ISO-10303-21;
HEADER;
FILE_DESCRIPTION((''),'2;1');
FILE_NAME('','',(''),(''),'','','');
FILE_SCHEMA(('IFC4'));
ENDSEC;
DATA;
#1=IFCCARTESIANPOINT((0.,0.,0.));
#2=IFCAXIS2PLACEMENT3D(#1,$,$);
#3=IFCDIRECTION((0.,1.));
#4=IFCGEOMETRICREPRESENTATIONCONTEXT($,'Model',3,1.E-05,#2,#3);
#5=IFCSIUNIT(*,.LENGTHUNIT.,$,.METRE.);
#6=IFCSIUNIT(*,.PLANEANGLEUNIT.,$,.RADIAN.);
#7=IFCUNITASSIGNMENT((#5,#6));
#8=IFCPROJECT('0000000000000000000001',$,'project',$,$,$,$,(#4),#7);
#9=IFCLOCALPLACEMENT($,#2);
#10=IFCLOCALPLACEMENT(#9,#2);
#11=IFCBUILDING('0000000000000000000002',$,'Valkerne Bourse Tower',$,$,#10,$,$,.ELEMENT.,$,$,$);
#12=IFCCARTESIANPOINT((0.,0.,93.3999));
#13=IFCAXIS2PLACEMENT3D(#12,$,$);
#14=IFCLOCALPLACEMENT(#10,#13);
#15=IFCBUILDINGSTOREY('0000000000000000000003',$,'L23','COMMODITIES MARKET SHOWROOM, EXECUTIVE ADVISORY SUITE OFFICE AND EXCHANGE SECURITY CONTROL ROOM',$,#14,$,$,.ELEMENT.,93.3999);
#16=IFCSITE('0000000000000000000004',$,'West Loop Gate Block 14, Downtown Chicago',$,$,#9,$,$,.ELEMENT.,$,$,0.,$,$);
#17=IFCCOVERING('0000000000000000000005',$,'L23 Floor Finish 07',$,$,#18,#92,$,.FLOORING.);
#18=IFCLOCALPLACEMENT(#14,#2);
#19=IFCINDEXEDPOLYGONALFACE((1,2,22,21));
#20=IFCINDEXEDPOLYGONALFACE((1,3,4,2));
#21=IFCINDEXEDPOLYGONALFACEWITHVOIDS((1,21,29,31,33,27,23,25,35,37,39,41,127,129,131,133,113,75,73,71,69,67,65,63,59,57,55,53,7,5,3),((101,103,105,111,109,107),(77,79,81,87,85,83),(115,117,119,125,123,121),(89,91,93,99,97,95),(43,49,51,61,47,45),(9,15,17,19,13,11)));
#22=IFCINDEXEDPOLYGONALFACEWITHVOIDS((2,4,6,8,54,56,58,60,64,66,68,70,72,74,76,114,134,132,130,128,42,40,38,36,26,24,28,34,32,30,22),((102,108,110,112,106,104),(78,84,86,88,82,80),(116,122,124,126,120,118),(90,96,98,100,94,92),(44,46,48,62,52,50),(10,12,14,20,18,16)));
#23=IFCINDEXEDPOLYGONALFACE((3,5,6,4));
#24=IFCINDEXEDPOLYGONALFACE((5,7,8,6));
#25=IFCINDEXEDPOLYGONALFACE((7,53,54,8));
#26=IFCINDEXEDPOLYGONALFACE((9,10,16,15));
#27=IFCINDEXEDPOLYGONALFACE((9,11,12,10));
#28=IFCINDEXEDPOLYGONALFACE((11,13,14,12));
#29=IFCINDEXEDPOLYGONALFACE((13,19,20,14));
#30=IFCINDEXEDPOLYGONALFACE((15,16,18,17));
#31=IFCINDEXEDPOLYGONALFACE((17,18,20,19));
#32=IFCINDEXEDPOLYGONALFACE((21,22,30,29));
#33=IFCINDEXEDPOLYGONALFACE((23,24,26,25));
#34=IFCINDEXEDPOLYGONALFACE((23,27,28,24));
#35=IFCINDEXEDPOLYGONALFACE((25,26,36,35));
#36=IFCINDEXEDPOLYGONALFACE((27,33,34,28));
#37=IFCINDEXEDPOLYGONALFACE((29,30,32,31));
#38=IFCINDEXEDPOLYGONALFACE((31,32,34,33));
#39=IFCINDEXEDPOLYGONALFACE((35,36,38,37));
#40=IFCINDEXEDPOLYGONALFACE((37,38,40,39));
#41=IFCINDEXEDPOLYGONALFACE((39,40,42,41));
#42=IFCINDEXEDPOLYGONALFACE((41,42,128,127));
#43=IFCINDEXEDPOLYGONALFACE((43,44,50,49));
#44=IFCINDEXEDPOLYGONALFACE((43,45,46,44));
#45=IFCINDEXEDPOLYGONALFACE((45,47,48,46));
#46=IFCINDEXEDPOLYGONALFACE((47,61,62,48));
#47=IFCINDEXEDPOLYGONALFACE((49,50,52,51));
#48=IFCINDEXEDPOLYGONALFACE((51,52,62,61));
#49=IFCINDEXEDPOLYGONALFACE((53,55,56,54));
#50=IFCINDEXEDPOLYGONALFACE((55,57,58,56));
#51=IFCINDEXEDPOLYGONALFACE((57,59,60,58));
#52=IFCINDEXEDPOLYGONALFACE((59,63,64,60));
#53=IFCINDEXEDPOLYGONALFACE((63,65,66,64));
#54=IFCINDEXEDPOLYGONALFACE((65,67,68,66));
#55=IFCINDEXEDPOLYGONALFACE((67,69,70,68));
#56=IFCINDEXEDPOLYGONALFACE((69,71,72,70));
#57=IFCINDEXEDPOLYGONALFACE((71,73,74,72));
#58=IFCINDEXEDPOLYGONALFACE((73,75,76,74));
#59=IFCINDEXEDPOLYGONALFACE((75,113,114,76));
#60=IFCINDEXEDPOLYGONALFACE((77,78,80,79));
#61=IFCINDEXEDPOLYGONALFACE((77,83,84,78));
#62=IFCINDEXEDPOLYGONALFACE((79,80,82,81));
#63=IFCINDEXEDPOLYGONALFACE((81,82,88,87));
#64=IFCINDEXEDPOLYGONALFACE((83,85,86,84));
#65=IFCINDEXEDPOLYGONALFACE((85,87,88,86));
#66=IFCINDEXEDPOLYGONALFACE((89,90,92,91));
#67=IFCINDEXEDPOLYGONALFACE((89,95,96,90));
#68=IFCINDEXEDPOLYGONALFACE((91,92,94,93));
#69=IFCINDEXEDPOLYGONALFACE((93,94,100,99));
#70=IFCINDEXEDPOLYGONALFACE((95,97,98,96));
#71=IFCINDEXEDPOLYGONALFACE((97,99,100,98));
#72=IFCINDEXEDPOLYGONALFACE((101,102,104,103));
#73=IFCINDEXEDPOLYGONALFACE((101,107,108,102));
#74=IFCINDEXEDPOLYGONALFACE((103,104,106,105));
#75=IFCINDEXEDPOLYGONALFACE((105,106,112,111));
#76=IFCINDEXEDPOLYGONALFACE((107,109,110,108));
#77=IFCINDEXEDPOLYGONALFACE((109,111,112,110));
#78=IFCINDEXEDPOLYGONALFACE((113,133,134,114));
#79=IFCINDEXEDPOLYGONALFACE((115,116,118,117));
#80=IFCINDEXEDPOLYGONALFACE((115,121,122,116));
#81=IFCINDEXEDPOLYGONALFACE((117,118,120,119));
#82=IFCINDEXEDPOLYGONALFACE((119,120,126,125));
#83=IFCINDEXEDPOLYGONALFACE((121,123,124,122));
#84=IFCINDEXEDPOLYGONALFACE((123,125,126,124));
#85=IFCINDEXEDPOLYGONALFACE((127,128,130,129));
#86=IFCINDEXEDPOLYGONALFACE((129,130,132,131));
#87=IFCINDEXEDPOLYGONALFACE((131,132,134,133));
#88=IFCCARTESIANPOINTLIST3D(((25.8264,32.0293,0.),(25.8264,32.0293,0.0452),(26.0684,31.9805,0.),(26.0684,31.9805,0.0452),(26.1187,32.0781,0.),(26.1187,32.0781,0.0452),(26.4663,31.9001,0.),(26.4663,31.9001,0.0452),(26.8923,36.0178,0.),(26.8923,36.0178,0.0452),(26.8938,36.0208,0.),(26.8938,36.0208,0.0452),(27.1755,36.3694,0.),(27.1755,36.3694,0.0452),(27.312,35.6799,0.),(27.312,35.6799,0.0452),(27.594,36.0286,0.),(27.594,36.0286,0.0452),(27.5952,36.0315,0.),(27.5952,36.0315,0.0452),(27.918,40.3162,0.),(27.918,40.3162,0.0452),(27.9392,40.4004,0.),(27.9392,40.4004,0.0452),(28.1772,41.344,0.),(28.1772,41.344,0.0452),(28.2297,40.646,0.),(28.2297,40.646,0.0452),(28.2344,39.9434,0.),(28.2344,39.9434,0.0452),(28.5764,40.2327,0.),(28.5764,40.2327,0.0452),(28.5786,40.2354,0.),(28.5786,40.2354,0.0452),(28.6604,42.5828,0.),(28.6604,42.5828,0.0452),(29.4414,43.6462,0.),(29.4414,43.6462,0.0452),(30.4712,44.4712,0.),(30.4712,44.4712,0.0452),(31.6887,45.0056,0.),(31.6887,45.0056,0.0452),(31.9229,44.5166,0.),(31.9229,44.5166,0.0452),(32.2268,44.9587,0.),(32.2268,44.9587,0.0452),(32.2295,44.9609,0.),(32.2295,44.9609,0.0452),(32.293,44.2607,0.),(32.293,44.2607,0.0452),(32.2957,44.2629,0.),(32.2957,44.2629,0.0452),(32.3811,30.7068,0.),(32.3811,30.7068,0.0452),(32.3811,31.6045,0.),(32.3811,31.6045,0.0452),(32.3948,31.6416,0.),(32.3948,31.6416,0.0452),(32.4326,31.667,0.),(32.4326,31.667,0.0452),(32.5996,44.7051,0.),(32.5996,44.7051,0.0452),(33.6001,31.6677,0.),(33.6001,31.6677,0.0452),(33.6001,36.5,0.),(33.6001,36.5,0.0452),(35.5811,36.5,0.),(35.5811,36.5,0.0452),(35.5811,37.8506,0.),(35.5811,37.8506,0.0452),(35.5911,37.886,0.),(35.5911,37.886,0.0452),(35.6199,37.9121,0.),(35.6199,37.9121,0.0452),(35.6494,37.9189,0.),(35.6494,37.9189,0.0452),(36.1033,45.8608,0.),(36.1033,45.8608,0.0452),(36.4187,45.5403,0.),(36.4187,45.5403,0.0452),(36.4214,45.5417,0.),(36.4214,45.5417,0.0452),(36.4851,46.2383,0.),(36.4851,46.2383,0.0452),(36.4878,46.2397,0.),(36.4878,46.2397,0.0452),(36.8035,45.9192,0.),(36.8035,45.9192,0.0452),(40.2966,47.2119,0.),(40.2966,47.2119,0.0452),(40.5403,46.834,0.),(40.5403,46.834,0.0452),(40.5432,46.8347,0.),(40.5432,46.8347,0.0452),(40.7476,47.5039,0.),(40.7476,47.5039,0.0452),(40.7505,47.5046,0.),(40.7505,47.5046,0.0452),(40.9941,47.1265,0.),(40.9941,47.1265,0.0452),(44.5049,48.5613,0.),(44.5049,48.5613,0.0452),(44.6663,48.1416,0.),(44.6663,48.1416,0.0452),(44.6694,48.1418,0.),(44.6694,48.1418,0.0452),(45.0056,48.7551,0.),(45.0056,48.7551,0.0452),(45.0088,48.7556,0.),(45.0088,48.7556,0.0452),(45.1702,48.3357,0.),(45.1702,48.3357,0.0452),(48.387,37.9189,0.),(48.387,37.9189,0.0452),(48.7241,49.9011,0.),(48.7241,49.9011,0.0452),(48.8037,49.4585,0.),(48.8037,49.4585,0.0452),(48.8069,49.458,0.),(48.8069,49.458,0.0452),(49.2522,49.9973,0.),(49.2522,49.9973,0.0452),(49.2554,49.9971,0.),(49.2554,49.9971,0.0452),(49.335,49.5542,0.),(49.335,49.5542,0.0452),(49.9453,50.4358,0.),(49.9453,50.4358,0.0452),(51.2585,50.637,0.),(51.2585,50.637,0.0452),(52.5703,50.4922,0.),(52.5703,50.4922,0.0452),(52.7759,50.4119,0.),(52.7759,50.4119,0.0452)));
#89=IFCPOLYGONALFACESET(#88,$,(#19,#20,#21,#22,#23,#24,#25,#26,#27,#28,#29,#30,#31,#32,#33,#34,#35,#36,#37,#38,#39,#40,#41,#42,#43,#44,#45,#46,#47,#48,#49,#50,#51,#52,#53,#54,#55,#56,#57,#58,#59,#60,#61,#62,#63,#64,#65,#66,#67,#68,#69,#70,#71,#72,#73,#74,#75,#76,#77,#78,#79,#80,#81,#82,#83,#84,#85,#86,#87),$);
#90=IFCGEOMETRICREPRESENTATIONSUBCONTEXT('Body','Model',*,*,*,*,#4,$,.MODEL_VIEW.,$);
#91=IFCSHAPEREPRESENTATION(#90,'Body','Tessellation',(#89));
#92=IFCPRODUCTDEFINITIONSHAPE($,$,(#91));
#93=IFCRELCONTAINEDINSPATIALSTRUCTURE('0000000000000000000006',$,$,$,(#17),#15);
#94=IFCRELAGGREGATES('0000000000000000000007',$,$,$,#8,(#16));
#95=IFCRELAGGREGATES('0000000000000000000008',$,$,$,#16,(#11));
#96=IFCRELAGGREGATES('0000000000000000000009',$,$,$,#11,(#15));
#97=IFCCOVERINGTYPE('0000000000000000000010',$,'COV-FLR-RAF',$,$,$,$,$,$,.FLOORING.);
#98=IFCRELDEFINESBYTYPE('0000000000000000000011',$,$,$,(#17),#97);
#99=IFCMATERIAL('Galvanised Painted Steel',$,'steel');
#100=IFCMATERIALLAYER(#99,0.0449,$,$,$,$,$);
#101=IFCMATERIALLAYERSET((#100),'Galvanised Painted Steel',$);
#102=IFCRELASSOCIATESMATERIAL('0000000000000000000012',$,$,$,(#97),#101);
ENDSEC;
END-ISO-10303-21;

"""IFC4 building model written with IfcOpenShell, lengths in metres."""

from ifc_helpers import new_model, si_unit, direction, frame, origin, place, context, subcontext, project, spatial, polyline, outline, extrude, material, layer, layer_set, type_object, element, save


model = new_model("IFC4")

# Units and contexts
model_context = context("Model", 3, precision=1e-05, world=origin(), true_north=direction((0.0, 1.0)))
body_context = subcontext(model_context, "Body", "Model", "MODEL_VIEW")
ifc_project = project(units=[si_unit("LENGTHUNIT", "METRE"), si_unit("PLANEANGLEUNIT", "RADIAN")], contexts=[model_context])

# Site, building, storey
site_placement = place(None, origin())
site = spatial("IfcSite", under=ifc_project, at=site_placement, Name="West Loop Gate Block 14, Downtown Chicago", CompositionType="ELEMENT", RefElevation=0.0)
building_placement = place(site_placement, origin())
building = spatial("IfcBuilding", under=site, at=building_placement, Name="Valkerne Bourse Tower", CompositionType="ELEMENT")
storey_placement = place(building_placement, frame((0.0, 0.0, 93.3999)))
storey = spatial("IfcBuildingStorey", under=building, at=storey_placement, Name="L23", Description="COMMODITIES MARKET SHOWROOM, EXECUTIVE ADVISORY SUITE OFFICE AND EXCHANGE SECURITY CONTROL ROOM", CompositionType="ELEMENT", Elevation=93.3999)

# Covering
ifc_material_1 = material(Name="Galvanised Painted Steel", Category="steel")
ifc_layer_1 = layer(ifc_material_1, 0.0449)
ifc_layer_set_1 = layer_set([ifc_layer_1], Name="Galvanised Painted Steel")
covering_type_1 = type_object("IfcCoveringType", Name="COV-FLR-RAF", PredefinedType="FLOORING", material=ifc_layer_set_1)
covering_1_placement = place(storey_placement, origin())
element("IfcCovering", 1, at=covering_1_placement, inside=storey, type_object=covering_type_1, Name="L23 Floor Finish 07", PredefinedType="FLOORING", context=body_context, shape_type="SweptSolid", body=[
    extrude(outline(polyline([(29.4414, 43.6462), (30.4712, 44.4712), (31.6887, 45.0056), (49.9453, 50.4358), (51.2585, 50.637), (52.5703, 50.4922), (52.7759, 50.4119), (48.387, 37.9189), (35.6494, 37.9189), (35.6199, 37.9121), (35.5911, 37.886), (35.5811, 37.8506), (35.5811, 36.5), (33.6001, 36.5), (33.6001, 31.6677), (32.4326, 31.667), (32.3948, 31.6416), (32.3811, 31.6045), (32.3811, 30.7068), (26.4663, 31.9001), (26.1187, 32.0781), (26.0684, 31.9805), (25.8264, 32.0293), (27.918, 40.3162), (28.2344, 39.9434), (28.5764, 40.2327), (28.5786, 40.2354), (28.2297, 40.646), (27.9392, 40.4004), (28.1772, 41.344), (28.6604, 42.5828), (29.4414, 43.6462)]), holes=[polyline([(27.5952, 36.0315), (27.1755, 36.3694), (26.8938, 36.0208), (26.8923, 36.0178), (27.312, 35.6799), (27.594, 36.0286), (27.5952, 36.0315)]), polyline([(32.5996, 44.7051), (32.2295, 44.9609), (32.2268, 44.9587), (31.9229, 44.5166), (32.293, 44.2607), (32.2957, 44.2629), (32.5996, 44.7051)]), polyline([(36.4214, 45.5417), (36.8035, 45.9192), (36.4878, 46.2397), (36.4851, 46.2383), (36.1033, 45.8608), (36.4187, 45.5403), (36.4214, 45.5417)]), polyline([(40.5432, 46.8347), (40.9941, 47.1265), (40.7505, 47.5046), (40.7476, 47.5039), (40.2966, 47.2119), (40.5403, 46.834), (40.5432, 46.8347)]), polyline([(45.1702, 48.3357), (45.0088, 48.7556), (45.0056, 48.7551), (44.5049, 48.5613), (44.6663, 48.1416), (44.6694, 48.1418), (45.1702, 48.3357)]), polyline([(49.2554, 49.9971), (49.2522, 49.9973), (48.7241, 49.9011), (48.8037, 49.4585), (48.8069, 49.458), (49.335, 49.5542), (49.2554, 49.9971)])]), origin(), (0.0, 0.0, 1.0), 0.0452),
])

save(model, "model.ifc")
